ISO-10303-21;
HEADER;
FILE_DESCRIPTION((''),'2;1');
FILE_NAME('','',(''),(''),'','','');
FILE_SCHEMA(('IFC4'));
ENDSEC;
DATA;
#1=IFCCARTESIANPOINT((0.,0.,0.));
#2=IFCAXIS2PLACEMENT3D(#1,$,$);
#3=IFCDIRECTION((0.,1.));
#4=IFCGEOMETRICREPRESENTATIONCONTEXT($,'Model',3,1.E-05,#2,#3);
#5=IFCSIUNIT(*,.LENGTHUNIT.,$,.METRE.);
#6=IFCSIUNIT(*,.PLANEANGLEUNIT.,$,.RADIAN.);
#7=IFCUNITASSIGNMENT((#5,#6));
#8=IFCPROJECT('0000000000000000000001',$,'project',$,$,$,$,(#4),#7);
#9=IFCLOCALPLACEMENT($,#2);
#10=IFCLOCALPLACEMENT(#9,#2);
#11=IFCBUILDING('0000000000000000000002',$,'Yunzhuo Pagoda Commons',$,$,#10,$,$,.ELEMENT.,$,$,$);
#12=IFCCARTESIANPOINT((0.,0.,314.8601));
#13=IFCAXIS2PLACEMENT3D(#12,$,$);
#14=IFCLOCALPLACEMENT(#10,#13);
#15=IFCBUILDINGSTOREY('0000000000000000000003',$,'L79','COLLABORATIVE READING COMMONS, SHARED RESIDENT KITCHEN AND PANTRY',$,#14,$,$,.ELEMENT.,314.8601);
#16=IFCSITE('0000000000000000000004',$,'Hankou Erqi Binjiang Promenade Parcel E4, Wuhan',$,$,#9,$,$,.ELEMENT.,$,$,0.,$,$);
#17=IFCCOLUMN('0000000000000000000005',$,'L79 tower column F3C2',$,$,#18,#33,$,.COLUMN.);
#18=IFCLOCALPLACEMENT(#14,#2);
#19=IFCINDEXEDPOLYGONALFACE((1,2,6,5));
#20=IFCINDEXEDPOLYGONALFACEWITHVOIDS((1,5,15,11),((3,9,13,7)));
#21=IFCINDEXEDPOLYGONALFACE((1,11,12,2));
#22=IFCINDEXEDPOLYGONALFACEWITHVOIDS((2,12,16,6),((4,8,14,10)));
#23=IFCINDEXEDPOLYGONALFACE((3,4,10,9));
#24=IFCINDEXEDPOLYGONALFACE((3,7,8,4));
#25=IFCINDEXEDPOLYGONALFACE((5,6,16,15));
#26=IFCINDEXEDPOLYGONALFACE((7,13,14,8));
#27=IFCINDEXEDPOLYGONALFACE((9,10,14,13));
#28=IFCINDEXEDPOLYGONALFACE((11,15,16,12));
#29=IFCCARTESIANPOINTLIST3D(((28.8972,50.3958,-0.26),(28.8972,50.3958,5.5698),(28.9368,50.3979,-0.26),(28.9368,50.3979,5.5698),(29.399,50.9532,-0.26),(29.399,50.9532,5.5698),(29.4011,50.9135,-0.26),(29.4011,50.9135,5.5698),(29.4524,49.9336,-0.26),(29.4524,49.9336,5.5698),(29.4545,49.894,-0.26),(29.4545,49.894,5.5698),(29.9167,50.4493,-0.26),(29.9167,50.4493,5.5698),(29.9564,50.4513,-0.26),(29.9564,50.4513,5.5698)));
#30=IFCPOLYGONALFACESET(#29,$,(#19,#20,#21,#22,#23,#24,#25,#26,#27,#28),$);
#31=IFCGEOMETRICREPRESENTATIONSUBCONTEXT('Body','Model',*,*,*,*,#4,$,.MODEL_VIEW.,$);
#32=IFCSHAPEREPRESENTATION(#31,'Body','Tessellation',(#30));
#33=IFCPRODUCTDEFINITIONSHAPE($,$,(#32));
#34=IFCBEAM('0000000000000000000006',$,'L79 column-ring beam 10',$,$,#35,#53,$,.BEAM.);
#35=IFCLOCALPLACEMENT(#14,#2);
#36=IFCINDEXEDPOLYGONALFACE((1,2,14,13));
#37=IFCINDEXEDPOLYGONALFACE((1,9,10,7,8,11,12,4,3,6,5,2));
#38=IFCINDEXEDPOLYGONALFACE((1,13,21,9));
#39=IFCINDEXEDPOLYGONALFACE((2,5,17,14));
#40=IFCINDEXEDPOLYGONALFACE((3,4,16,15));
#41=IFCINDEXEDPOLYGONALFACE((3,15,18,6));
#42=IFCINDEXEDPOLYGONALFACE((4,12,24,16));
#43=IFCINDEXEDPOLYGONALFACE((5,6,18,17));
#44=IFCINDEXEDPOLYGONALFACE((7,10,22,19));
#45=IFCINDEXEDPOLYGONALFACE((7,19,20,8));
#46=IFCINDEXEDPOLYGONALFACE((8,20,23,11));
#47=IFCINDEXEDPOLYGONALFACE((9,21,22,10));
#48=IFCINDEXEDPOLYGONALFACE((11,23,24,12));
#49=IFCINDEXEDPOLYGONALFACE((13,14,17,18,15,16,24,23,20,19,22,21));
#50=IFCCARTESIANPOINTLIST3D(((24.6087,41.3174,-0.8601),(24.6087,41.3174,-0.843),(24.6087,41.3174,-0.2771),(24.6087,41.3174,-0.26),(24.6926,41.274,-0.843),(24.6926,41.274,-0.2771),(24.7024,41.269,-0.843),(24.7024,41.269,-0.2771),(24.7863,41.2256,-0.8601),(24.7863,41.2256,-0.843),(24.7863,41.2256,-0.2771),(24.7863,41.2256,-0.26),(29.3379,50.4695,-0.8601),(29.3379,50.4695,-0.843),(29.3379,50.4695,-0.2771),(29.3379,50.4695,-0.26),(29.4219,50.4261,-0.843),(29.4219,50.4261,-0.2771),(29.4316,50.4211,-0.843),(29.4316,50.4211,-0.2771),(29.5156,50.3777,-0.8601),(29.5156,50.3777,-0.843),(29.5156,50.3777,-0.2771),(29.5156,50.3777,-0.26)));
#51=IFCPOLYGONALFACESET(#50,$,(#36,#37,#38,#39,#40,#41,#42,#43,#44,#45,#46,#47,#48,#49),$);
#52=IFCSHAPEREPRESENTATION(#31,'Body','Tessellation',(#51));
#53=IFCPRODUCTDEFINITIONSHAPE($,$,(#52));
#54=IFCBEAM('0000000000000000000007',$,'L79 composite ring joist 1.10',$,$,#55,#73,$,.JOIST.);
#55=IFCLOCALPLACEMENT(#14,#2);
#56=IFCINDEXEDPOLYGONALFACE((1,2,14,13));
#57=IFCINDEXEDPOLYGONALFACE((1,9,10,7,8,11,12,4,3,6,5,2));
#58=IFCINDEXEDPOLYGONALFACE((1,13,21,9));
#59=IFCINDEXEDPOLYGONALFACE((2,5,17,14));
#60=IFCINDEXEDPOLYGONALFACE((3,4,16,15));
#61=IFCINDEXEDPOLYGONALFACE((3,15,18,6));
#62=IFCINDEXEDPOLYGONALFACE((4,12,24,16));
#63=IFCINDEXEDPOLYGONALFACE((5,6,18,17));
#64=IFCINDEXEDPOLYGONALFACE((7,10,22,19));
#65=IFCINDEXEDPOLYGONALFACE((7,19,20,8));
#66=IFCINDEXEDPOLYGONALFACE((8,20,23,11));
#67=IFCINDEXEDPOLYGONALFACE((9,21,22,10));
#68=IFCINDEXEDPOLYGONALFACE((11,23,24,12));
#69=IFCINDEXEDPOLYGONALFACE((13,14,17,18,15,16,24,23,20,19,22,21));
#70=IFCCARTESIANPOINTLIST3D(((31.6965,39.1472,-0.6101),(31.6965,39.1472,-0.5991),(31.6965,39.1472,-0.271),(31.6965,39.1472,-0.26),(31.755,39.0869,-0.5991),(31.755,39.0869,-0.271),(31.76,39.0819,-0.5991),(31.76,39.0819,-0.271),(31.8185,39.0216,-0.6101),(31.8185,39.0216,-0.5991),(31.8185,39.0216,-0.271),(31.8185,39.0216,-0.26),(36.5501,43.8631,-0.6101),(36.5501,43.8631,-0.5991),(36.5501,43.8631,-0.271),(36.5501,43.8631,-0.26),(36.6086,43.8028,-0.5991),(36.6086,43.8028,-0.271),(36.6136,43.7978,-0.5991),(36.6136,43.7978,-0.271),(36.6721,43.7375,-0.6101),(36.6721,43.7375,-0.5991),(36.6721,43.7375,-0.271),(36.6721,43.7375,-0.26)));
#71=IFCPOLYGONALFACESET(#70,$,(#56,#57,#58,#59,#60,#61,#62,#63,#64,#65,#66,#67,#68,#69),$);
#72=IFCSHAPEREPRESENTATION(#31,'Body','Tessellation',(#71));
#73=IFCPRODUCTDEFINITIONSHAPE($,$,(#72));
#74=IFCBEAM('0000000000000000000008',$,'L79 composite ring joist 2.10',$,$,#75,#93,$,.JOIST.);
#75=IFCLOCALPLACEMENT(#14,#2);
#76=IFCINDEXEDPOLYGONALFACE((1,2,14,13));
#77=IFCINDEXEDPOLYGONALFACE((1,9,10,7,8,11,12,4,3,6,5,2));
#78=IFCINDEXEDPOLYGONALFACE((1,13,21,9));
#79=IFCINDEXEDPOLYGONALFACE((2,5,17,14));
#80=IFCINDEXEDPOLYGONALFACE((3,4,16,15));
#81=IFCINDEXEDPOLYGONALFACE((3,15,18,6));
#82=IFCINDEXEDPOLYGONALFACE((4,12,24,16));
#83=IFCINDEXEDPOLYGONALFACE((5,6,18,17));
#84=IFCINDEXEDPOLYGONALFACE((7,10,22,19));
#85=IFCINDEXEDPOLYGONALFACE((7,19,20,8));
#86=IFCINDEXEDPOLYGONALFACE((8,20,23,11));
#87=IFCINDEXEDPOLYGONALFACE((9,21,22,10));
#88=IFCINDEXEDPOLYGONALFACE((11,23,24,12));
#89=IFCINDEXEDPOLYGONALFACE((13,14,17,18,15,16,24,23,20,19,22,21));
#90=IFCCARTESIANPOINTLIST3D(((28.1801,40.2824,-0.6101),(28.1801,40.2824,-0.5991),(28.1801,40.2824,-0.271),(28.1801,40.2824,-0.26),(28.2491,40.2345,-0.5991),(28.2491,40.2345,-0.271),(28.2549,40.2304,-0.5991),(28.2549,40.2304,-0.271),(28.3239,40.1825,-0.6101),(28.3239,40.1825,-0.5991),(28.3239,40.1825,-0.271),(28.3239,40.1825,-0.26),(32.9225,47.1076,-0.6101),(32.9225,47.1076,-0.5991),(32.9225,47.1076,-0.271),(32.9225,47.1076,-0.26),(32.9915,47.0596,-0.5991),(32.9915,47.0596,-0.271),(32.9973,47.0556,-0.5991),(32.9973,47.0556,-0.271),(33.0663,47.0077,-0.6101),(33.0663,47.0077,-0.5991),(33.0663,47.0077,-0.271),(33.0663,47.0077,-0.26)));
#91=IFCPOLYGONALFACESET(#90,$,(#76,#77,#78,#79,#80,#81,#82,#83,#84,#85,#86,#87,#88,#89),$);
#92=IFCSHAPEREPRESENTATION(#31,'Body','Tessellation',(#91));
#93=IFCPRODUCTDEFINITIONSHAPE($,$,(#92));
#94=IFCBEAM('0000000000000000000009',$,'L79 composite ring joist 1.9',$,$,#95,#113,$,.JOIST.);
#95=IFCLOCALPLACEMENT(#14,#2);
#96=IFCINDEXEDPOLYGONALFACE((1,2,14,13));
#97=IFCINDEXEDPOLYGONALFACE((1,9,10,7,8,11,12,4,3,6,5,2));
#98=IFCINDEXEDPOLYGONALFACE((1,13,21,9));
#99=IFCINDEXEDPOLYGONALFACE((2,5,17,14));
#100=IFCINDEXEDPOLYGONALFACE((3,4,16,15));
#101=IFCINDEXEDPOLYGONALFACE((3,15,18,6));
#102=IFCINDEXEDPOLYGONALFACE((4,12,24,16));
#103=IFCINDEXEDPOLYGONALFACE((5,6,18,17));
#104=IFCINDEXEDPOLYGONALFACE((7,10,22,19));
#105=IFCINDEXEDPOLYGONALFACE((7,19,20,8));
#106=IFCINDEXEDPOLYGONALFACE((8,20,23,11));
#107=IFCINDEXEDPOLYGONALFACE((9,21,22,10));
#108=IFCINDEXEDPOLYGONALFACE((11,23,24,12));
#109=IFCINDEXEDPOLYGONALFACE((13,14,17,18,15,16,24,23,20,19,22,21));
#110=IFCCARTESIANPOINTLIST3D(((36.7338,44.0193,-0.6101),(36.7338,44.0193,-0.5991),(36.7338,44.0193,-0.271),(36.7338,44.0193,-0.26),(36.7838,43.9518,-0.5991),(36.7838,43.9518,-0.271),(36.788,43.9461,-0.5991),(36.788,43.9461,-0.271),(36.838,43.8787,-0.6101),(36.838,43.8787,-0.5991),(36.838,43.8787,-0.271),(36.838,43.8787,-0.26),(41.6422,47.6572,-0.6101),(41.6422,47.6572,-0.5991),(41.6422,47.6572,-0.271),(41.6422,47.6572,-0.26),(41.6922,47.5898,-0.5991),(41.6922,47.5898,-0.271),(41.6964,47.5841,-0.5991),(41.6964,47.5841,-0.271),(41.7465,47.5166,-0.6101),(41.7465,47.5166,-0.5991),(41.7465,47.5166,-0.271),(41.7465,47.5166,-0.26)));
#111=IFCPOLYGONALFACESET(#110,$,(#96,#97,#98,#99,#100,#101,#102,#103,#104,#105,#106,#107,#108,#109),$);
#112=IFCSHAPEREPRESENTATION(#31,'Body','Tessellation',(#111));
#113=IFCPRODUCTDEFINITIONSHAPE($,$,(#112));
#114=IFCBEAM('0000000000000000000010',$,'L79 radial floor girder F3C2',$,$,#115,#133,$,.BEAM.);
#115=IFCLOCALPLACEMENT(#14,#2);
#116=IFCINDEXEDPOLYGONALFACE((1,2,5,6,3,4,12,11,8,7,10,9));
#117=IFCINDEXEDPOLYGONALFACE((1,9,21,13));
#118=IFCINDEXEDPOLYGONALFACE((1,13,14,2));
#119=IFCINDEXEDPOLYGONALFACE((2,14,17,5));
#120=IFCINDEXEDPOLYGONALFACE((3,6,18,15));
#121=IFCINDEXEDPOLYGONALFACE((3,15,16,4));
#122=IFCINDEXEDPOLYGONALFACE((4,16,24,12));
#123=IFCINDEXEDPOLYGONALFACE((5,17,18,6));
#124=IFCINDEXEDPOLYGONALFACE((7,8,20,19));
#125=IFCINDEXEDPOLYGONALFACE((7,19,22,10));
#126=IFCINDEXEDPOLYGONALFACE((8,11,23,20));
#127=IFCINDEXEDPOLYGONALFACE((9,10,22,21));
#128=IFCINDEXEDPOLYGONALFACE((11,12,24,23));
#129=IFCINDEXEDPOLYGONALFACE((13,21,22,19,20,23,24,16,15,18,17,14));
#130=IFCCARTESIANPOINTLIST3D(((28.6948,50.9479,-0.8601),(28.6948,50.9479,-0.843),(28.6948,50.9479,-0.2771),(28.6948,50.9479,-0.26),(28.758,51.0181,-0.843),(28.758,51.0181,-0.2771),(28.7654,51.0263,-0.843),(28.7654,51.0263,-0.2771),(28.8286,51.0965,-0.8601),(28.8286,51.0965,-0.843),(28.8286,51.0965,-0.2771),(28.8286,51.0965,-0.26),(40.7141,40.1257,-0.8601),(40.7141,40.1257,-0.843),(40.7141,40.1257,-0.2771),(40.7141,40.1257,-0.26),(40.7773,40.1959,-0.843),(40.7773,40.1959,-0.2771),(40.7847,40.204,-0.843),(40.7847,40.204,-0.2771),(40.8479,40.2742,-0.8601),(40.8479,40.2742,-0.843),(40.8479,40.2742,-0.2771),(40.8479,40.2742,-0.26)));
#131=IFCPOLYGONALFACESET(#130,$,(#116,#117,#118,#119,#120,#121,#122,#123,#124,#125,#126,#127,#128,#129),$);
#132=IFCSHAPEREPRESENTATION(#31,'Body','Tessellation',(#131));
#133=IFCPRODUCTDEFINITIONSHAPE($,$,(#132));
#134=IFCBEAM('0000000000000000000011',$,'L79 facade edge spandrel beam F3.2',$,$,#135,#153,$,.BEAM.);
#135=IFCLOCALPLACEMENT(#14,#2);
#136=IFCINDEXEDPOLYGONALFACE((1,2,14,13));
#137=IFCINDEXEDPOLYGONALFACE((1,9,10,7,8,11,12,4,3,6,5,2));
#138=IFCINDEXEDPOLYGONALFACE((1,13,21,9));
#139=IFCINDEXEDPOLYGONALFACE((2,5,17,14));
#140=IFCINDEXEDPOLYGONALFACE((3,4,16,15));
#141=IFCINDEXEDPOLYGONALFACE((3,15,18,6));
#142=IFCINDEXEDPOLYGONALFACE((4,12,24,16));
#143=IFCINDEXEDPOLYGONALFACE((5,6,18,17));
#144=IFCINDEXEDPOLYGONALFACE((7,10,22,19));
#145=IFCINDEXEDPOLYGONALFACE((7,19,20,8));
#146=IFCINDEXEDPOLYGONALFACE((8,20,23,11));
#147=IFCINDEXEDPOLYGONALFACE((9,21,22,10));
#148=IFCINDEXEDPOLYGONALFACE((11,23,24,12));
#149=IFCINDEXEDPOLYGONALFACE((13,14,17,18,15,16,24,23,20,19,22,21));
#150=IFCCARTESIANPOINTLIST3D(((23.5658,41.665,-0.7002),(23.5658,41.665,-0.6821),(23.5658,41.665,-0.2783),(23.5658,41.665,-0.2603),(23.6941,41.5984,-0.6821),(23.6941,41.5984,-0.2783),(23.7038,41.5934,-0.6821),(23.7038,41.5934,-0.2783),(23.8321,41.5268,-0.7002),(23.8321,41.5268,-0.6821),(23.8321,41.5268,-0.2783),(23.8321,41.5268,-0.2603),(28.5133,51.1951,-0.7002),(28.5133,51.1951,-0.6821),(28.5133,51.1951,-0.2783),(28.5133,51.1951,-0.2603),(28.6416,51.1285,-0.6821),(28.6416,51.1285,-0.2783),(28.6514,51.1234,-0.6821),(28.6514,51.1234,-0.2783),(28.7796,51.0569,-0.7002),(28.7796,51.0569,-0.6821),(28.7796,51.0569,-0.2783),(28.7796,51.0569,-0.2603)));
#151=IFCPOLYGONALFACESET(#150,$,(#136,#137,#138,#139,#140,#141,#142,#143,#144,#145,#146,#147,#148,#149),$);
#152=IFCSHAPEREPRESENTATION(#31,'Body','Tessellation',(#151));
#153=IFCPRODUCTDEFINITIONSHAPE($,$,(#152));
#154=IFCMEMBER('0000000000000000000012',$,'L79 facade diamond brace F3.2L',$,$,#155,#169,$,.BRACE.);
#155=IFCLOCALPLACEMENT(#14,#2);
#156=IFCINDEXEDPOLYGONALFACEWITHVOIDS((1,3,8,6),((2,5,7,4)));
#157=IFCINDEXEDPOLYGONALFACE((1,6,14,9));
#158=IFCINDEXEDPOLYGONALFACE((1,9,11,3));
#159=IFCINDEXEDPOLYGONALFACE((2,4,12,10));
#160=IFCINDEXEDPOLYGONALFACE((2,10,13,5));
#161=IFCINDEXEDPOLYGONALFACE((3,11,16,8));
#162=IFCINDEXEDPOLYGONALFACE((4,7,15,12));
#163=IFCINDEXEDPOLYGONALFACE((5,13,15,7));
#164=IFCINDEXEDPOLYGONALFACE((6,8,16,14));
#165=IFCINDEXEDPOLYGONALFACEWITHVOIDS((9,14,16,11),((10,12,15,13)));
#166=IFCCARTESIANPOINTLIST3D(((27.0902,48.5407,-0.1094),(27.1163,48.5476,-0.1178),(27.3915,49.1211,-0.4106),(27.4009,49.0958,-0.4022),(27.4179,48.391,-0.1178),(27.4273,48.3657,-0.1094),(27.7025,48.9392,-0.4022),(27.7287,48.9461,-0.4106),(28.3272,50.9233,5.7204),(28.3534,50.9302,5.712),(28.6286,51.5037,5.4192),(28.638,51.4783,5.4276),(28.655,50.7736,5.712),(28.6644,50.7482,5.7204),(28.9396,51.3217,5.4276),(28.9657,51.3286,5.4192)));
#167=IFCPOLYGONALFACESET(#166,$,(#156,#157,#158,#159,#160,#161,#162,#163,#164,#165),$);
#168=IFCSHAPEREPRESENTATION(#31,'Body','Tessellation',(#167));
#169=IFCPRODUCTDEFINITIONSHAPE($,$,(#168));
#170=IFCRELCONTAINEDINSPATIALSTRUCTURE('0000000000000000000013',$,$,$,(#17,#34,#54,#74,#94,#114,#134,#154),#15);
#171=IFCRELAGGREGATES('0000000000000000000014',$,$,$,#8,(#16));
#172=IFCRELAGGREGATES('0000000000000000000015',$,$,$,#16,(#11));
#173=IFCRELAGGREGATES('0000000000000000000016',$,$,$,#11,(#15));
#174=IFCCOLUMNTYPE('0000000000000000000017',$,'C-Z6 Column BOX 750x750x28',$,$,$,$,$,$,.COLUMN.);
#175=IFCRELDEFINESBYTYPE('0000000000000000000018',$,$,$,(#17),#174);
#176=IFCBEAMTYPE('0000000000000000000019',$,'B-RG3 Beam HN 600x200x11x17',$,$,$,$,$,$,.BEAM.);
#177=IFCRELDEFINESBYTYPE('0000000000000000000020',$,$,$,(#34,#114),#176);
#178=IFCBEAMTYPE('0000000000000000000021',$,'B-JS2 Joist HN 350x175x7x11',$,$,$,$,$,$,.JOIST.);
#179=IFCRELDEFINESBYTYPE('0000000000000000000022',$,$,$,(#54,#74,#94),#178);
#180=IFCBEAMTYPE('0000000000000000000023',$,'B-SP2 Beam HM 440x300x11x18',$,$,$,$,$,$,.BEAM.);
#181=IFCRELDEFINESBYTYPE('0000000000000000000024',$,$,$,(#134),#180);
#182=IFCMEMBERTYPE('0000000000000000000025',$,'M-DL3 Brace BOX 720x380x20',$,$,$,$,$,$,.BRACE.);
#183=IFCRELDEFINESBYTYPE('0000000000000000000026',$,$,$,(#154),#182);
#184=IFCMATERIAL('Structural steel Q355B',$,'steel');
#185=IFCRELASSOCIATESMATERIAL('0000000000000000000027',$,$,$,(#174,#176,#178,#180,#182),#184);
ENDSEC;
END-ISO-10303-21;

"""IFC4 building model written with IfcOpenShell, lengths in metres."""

from ifc_helpers import new_model, si_unit, direction, frame, origin, origin_2d, place, context, subcontext, project, spatial, hollow_rectangle, i_section, extrude, source, transform, mapped, material, material_profile, profile_set, type_object, element, save


model = new_model("IFC4")

# Units and contexts
model_context = context("Model", 3, precision=1e-05, world=origin(), true_north=direction((0.0, 1.0)))
body_context = subcontext(model_context, "Body", "Model", "MODEL_VIEW")
ifc_project = project(units=[si_unit("LENGTHUNIT", "METRE"), si_unit("PLANEANGLEUNIT", "RADIAN")], contexts=[model_context])

# Site, building, storey
site_placement = place(None, origin())
site = spatial("IfcSite", under=ifc_project, at=site_placement, Name="Hankou Erqi Binjiang Promenade Parcel E4, Wuhan", CompositionType="ELEMENT", RefElevation=0.0)
building_placement = place(site_placement, origin())
building = spatial("IfcBuilding", under=site, at=building_placement, Name="Yunzhuo Pagoda Commons", CompositionType="ELEMENT")
storey_placement = place(building_placement, frame((0.0, 0.0, 314.8601)))
storey = spatial("IfcBuildingStorey", under=building, at=storey_placement, Name="L79", Description="COLLABORATIVE READING COMMONS, SHARED RESIDENT KITCHEN AND PANTRY", CompositionType="ELEMENT", Elevation=314.8601)

# Column
ifc_material_1 = material(Name="Structural steel Q355B", Category="steel")
ifc_material_profile_1 = material_profile(ifc_material_1, hollow_rectangle(XDim=0.75, YDim=0.75, WallThickness=0.0281, at=origin_2d()), Name="Structural steel Q355B")
ifc_profile_set_1 = profile_set([ifc_material_profile_1], Name="Structural steel Q355B")
column_type = type_object("IfcColumnType", Name="C-Z6 Column BOX 750x750x28", PredefinedType="COLUMN", material=ifc_profile_set_1)
shared_shape_1 = source(origin(), body_context, "Body", "SweptSolid", [
    extrude(hollow_rectangle(XDim=0.75, YDim=0.75, WallThickness=0.0281, at=origin_2d()), origin(), (0.0, 0.0, 1.0), 5.8298),
])
column_placement = place(storey_placement, frame((29.4268, 50.4236, -0.26), z_axis=(0.0, 0.0, 1.0), x_axis=(-0.669131, -0.743145, 0.0)))
element("IfcColumn", 1, at=column_placement, inside=storey, type_object=column_type, Name="L79 tower column F3C2", PredefinedType="COLUMN", context=body_context, shape_type="MappedRepresentation", body=[
    mapped(shared_shape_1, transform((0.0, 0.0, 0.0), scale=1.0)),
])

# Beams
ifc_material_profile_2 = material_profile(ifc_material_1, i_section(OverallWidth=0.2, OverallDepth=0.6001, WebThickness=0.011, FlangeThickness=0.0171, at=origin_2d()), Name="Structural steel Q355B")
ifc_profile_set_2 = profile_set([ifc_material_profile_2], Name="Structural steel Q355B")
beam_type_1 = type_object("IfcBeamType", Name="B-RG3 Beam HN 600x200x11x17", PredefinedType="BEAM", material=ifc_profile_set_2)
shared_shape_2 = source(origin(), body_context, "Body", "SweptSolid", [
    extrude(i_section(OverallWidth=0.2, OverallDepth=0.6001, WebThickness=0.011, FlangeThickness=0.0171, at=origin_2d()), origin(), (0.0, 0.0, 1.0), 10.3018),
])
beam_1_placement = place(storey_placement, frame((29.4268, 50.4236, -0.5601), z_axis=(-0.459071, -0.8884, 0.0), x_axis=(0.8884, -0.459071, 0.0)))
element("IfcBeam", 2, at=beam_1_placement, inside=storey, type_object=beam_type_1, Name="L79 column-ring beam 10", PredefinedType="BEAM", context=body_context, shape_type="MappedRepresentation", body=[
    mapped(shared_shape_2, transform((0.0, 0.0, 0.0), scale=1.0)),
])
ifc_material_profile_3 = material_profile(ifc_material_1, i_section(OverallWidth=0.175, OverallDepth=0.3501, WebThickness=0.0071, FlangeThickness=0.011, at=origin_2d()), Name="Structural steel Q355B")
ifc_profile_set_3 = profile_set([ifc_material_profile_3], Name="Structural steel Q355B")
beam_type_2 = type_object("IfcBeamType", Name="B-JS2 Joist HN 350x175x7x11", PredefinedType="JOIST", material=ifc_profile_set_3)
shared_shape_3 = source(origin(), body_context, "Body", "SweptSolid", [
    extrude(i_section(OverallWidth=0.175, OverallDepth=0.3501, WebThickness=0.0071, FlangeThickness=0.011, at=origin_2d()), origin(), (0.0, 0.0, 1.0), 6.7673),
])
beam_2_placement = place(storey_placement, frame((36.6111, 43.8003, -0.4351), z_axis=(-0.717207, -0.69686, 0.0), x_axis=(0.69686, -0.717207, 0.0)))
element("IfcBeam", 3, at=beam_2_placement, inside=storey, type_object=beam_type_2, Name="L79 composite ring joist 1.10", PredefinedType="JOIST", context=body_context, shape_type="MappedRepresentation", body=[
    mapped(shared_shape_3, transform((0.0, 0.0, 0.0), scale=1.0)),
])
shared_shape_4 = source(origin(), body_context, "Body", "SweptSolid", [
    extrude(i_section(OverallWidth=0.175, OverallDepth=0.3501, WebThickness=0.0071, FlangeThickness=0.011, at=origin_2d()), origin(), (0.0, 0.0, 1.0), 8.311),
])
beam_3_placement = place(storey_placement, frame((32.9944, 47.0576, -0.4351), z_axis=(-0.570616, -0.821217, 0.0), x_axis=(0.821217, -0.570616, 0.0)))
element("IfcBeam", 4, at=beam_3_placement, inside=storey, type_object=beam_type_2, Name="L79 composite ring joist 2.10", PredefinedType="JOIST", context=body_context, shape_type="MappedRepresentation", body=[
    mapped(shared_shape_4, transform((0.0, 0.0, 0.0), scale=1.0)),
])
shared_shape_5 = source(origin(), body_context, "Body", "SweptSolid", [
    extrude(i_section(OverallWidth=0.175, OverallDepth=0.3501, WebThickness=0.0071, FlangeThickness=0.011, at=origin_2d()), origin(), (0.0, 0.0, 1.0), 6.1096),
])
beam_4_placement = place(storey_placement, frame((41.6943, 47.5869, -0.4351), z_axis=(-0.803396, -0.595444, 0.0), x_axis=(0.595444, -0.803396, 0.0)))
element("IfcBeam", 5, at=beam_4_placement, inside=storey, type_object=beam_type_2, Name="L79 composite ring joist 1.9", PredefinedType="JOIST", context=body_context, shape_type="MappedRepresentation", body=[
    mapped(shared_shape_5, transform((0.0, 0.0, 0.0), scale=1.0)),
])
shared_shape_6 = source(origin(), body_context, "Body", "SweptSolid", [
    extrude(i_section(OverallWidth=0.2, OverallDepth=0.6001, WebThickness=0.011, FlangeThickness=0.0171, at=origin_2d()), origin(), (0.0, 0.0, 1.0), 16.1736),
])
beam_5_placement = place(storey_placement, frame((28.7617, 51.0222, -0.5601), z_axis=(0.743143, -0.669132, 0.0), x_axis=(0.669132, 0.743143, 0.0)))
element("IfcBeam", 6, at=beam_5_placement, inside=storey, type_object=beam_type_1, Name="L79 radial floor girder F3C2", PredefinedType="BEAM", context=body_context, shape_type="MappedRepresentation", body=[
    mapped(shared_shape_6, transform((0.0, 0.0, 0.0), scale=1.0)),
])
ifc_material_profile_4 = material_profile(ifc_material_1, i_section(OverallWidth=0.3, OverallDepth=0.4399, WebThickness=0.011, FlangeThickness=0.0181, at=origin_2d()), Name="Structural steel Q355B")
ifc_profile_set_4 = profile_set([ifc_material_profile_4], Name="Structural steel Q355B")
beam_type_3 = type_object("IfcBeamType", Name="B-SP2 Beam HM 440x300x11x18", PredefinedType="BEAM", material=ifc_profile_set_4)
shared_shape_7 = source(origin(), body_context, "Body", "SweptSolid", [
    extrude(i_section(OverallWidth=0.3, OverallDepth=0.4399, WebThickness=0.011, FlangeThickness=0.0181, at=origin_2d()), origin(), (0.0, 0.0, 1.0), 10.7378),
])
beam_6_placement = place(storey_placement, frame((28.6465, 51.126, -0.4802), z_axis=(-0.460758, -0.887526, 0.0), x_axis=(0.887526, -0.460758, 0.0)))
element("IfcBeam", 7, at=beam_6_placement, inside=storey, type_object=beam_type_3, Name="L79 facade edge spandrel beam F3.2", PredefinedType="BEAM", context=body_context, shape_type="MappedRepresentation", body=[
    mapped(shared_shape_7, transform((0.0, 0.0, 0.0), scale=1.0)),
])

# Member
ifc_material_profile_5 = material_profile(ifc_material_1, hollow_rectangle(XDim=0.3799, YDim=0.72, WallThickness=0.02, at=origin_2d()), Name="Structural steel Q355B")
ifc_profile_set_5 = profile_set([ifc_material_profile_5], Name="Structural steel Q355B")
member_type_1 = type_object("IfcMemberType", Name="M-DL3 Brace BOX 720x380x20", PredefinedType="BRACE", material=ifc_profile_set_5)
shared_shape_8 = source(origin(), body_context, "Body", "SweptSolid", [
    extrude(hollow_rectangle(XDim=0.3799, YDim=0.72, WallThickness=0.02, at=origin_2d()), origin(), (0.0, 0.0, 1.0), 6.4182),
])
for number, where, z_axis, x_axis, name in (
    (8, (27.4094, 48.7434, -0.26), (0.192741, 0.371218, 0.908322), (-0.887503, 0.460803, 0.0), "L79 facade diamond brace F3.2L"),
):
    element("IfcMember", number, at=place(storey_placement, frame(where, z_axis=z_axis, x_axis=x_axis)), inside=storey, type_object=member_type_1, Name=name, PredefinedType="BRACE", context=body_context, shape_type="MappedRepresentation", body=[
        mapped(shared_shape_8, transform((0.0, 0.0, 0.0), scale=1.0)),
    ])

save(model, "model.ifc")
